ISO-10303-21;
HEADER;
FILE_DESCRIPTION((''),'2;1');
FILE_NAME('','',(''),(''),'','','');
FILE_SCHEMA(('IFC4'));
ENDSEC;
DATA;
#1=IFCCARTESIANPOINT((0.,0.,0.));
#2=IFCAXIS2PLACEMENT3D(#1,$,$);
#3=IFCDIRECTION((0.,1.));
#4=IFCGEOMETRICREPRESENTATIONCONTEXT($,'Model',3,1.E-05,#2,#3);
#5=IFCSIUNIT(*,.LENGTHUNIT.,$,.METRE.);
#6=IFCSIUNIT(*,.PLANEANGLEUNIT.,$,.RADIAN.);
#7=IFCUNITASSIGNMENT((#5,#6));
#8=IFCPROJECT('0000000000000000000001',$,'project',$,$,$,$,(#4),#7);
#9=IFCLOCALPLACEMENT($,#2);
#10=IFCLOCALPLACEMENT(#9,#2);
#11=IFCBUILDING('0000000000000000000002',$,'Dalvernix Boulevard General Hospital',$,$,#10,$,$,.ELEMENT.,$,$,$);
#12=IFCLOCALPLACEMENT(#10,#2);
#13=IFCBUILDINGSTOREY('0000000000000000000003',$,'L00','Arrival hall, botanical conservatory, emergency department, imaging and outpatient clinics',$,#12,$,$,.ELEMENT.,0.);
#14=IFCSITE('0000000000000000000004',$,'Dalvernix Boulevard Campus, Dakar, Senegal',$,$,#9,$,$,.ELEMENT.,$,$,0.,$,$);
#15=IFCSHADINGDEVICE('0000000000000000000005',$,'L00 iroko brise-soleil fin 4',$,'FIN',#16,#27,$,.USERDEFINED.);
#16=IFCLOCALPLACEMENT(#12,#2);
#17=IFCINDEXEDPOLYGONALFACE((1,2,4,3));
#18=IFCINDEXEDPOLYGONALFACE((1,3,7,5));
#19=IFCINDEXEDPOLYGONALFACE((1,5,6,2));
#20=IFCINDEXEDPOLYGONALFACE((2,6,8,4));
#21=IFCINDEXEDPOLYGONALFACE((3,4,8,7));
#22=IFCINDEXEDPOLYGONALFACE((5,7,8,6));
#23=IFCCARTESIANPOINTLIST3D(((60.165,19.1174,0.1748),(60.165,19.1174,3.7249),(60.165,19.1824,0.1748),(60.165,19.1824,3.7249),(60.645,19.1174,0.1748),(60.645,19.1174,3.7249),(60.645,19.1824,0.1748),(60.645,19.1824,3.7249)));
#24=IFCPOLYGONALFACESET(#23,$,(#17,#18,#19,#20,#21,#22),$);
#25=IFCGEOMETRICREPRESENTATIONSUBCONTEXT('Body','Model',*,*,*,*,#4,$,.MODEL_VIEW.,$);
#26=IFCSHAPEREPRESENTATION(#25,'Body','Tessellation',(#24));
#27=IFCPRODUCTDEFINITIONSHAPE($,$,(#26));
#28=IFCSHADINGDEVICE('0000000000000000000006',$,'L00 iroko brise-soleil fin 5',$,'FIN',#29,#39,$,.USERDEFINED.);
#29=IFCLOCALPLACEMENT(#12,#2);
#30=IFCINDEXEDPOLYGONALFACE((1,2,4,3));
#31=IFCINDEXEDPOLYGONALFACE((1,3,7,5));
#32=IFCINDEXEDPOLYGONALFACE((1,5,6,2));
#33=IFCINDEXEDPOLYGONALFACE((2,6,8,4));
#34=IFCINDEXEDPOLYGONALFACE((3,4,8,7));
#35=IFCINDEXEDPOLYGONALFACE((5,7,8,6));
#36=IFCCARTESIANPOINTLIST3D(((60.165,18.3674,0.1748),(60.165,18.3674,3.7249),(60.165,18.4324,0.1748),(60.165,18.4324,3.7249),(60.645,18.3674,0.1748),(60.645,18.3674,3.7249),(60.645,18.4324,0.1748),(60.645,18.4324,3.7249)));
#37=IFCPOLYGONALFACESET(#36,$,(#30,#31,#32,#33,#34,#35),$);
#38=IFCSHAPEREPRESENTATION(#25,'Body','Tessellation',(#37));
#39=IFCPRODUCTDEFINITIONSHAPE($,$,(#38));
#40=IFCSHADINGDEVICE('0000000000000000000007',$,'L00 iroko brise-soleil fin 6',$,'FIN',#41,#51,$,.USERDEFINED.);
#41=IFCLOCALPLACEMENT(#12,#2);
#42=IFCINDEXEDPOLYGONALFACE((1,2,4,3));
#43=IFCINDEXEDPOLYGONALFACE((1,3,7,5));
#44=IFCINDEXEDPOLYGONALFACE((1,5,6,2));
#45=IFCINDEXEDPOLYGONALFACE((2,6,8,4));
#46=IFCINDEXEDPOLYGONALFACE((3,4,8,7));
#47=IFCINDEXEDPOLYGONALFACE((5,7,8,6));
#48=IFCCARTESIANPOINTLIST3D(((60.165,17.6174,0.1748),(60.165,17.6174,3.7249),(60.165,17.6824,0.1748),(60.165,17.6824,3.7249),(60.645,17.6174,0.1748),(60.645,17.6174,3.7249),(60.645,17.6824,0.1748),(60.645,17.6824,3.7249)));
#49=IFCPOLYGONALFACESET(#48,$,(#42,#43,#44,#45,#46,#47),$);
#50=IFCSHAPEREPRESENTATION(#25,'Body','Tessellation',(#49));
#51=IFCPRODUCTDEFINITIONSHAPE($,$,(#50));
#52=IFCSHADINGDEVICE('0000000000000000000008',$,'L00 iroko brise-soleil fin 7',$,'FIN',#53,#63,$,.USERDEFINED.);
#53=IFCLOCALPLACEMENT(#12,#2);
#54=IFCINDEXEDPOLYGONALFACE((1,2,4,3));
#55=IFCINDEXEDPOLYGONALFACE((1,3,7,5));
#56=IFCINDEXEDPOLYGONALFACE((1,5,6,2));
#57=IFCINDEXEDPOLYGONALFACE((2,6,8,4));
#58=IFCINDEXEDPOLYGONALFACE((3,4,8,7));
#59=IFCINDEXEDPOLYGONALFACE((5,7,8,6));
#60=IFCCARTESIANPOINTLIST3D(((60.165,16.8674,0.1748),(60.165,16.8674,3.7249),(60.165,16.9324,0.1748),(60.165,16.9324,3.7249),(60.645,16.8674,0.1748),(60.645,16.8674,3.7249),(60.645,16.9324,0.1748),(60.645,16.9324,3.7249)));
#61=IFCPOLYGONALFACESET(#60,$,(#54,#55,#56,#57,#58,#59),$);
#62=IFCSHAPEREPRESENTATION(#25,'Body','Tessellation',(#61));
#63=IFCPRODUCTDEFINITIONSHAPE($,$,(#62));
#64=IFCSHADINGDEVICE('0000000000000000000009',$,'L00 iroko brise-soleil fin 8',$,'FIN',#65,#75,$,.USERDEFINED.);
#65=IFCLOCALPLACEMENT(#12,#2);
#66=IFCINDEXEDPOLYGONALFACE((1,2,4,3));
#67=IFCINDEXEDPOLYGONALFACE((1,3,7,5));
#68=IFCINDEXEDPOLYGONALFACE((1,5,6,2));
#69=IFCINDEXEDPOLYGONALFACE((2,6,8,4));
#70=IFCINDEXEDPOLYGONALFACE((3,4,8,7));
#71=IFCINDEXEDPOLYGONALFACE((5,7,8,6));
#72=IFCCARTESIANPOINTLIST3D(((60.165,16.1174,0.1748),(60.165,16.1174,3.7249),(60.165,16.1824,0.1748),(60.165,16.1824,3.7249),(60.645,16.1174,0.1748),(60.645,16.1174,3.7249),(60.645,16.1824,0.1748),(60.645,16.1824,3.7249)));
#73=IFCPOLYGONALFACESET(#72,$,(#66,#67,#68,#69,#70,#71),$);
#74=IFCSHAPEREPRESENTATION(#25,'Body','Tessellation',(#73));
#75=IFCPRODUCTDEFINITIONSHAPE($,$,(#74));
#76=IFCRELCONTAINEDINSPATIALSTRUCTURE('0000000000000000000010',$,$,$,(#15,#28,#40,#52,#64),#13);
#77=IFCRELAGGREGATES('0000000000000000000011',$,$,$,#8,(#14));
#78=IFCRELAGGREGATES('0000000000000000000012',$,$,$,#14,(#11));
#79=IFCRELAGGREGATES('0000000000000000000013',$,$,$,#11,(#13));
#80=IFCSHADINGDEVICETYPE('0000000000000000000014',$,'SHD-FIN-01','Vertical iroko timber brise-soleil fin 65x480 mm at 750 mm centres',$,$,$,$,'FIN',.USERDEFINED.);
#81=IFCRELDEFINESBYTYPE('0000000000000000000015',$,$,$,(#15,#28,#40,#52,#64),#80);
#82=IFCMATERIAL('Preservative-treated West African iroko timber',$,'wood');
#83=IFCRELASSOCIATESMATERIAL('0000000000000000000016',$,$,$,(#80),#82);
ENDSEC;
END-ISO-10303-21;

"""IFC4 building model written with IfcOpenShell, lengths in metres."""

from ifc_helpers import new_model, si_unit, direction, frame, origin, origin_2d, place, context, subcontext, project, spatial, rectangle, extrude, material, type_object, element, save


model = new_model("IFC4")

# Units and contexts
model_context = context("Model", 3, precision=1e-05, world=origin(), true_north=direction((0.0, 1.0)))
body_context = subcontext(model_context, "Body", "Model", "MODEL_VIEW")
ifc_project = project(units=[si_unit("LENGTHUNIT", "METRE"), si_unit("PLANEANGLEUNIT", "RADIAN")], contexts=[model_context])

# Site, building, storey
site_placement = place(None, origin())
site = spatial("IfcSite", under=ifc_project, at=site_placement, Name="Dalvernix Boulevard Campus, Dakar, Senegal", CompositionType="ELEMENT", RefElevation=0.0)
building_placement = place(site_placement, origin())
building = spatial("IfcBuilding", under=site, at=building_placement, Name="Dalvernix Boulevard General Hospital", CompositionType="ELEMENT")
storey_placement = place(building_placement, origin())
storey = spatial("IfcBuildingStorey", under=building, at=storey_placement, Name="L00", Description="Arrival hall, botanical conservatory, emergency department, imaging and outpatient clinics", CompositionType="ELEMENT", Elevation=0.0)

# Shading devices
ifc_material_1 = material(Name="Preservative-treated West African iroko timber", Category="wood")
shading_device_type = type_object("IfcShadingDeviceType", Name="SHD-FIN-01", Description="Vertical iroko timber brise-soleil fin 65x480 mm at 750 mm centres", ElementType="FIN", PredefinedType="USERDEFINED", material=ifc_material_1)
for number, where, z_axis, x_axis, name in (
    (1, (60.405, 19.1499, 0.1748), (0.0, 0.0, 1.0), (0.0, -1.0, 0.0), "L00 iroko brise-soleil fin 4"),
    (2, (60.405, 18.3999, 0.1748), (0.0, 0.0, 1.0), (0.0, -1.0, 0.0), "L00 iroko brise-soleil fin 5"),
    (3, (60.405, 17.6499, 0.1748), (0.0, 0.0, 1.0), (0.0, -1.0, 0.0), "L00 iroko brise-soleil fin 6"),
    (4, (60.405, 16.8999, 0.1748), (0.0, 0.0, 1.0), (0.0, -1.0, 0.0), "L00 iroko brise-soleil fin 7"),
    (5, (60.405, 16.1499, 0.1748), (0.0, 0.0, 1.0), (0.0, -1.0, 0.0), "L00 iroko brise-soleil fin 8"),
):
    element("IfcShadingDevice", number, at=place(storey_placement, frame(where, z_axis=z_axis, x_axis=x_axis)), inside=storey, type_object=shading_device_type, Name=name, ObjectType="FIN", PredefinedType="USERDEFINED", context=body_context, shape_type="SweptSolid", body=[
        extrude(rectangle(XDim=0.0649, YDim=0.48, at=origin_2d()), origin(), (0.0, 0.0, 1.0), 3.55),
    ])

save(model, "model.ifc")
